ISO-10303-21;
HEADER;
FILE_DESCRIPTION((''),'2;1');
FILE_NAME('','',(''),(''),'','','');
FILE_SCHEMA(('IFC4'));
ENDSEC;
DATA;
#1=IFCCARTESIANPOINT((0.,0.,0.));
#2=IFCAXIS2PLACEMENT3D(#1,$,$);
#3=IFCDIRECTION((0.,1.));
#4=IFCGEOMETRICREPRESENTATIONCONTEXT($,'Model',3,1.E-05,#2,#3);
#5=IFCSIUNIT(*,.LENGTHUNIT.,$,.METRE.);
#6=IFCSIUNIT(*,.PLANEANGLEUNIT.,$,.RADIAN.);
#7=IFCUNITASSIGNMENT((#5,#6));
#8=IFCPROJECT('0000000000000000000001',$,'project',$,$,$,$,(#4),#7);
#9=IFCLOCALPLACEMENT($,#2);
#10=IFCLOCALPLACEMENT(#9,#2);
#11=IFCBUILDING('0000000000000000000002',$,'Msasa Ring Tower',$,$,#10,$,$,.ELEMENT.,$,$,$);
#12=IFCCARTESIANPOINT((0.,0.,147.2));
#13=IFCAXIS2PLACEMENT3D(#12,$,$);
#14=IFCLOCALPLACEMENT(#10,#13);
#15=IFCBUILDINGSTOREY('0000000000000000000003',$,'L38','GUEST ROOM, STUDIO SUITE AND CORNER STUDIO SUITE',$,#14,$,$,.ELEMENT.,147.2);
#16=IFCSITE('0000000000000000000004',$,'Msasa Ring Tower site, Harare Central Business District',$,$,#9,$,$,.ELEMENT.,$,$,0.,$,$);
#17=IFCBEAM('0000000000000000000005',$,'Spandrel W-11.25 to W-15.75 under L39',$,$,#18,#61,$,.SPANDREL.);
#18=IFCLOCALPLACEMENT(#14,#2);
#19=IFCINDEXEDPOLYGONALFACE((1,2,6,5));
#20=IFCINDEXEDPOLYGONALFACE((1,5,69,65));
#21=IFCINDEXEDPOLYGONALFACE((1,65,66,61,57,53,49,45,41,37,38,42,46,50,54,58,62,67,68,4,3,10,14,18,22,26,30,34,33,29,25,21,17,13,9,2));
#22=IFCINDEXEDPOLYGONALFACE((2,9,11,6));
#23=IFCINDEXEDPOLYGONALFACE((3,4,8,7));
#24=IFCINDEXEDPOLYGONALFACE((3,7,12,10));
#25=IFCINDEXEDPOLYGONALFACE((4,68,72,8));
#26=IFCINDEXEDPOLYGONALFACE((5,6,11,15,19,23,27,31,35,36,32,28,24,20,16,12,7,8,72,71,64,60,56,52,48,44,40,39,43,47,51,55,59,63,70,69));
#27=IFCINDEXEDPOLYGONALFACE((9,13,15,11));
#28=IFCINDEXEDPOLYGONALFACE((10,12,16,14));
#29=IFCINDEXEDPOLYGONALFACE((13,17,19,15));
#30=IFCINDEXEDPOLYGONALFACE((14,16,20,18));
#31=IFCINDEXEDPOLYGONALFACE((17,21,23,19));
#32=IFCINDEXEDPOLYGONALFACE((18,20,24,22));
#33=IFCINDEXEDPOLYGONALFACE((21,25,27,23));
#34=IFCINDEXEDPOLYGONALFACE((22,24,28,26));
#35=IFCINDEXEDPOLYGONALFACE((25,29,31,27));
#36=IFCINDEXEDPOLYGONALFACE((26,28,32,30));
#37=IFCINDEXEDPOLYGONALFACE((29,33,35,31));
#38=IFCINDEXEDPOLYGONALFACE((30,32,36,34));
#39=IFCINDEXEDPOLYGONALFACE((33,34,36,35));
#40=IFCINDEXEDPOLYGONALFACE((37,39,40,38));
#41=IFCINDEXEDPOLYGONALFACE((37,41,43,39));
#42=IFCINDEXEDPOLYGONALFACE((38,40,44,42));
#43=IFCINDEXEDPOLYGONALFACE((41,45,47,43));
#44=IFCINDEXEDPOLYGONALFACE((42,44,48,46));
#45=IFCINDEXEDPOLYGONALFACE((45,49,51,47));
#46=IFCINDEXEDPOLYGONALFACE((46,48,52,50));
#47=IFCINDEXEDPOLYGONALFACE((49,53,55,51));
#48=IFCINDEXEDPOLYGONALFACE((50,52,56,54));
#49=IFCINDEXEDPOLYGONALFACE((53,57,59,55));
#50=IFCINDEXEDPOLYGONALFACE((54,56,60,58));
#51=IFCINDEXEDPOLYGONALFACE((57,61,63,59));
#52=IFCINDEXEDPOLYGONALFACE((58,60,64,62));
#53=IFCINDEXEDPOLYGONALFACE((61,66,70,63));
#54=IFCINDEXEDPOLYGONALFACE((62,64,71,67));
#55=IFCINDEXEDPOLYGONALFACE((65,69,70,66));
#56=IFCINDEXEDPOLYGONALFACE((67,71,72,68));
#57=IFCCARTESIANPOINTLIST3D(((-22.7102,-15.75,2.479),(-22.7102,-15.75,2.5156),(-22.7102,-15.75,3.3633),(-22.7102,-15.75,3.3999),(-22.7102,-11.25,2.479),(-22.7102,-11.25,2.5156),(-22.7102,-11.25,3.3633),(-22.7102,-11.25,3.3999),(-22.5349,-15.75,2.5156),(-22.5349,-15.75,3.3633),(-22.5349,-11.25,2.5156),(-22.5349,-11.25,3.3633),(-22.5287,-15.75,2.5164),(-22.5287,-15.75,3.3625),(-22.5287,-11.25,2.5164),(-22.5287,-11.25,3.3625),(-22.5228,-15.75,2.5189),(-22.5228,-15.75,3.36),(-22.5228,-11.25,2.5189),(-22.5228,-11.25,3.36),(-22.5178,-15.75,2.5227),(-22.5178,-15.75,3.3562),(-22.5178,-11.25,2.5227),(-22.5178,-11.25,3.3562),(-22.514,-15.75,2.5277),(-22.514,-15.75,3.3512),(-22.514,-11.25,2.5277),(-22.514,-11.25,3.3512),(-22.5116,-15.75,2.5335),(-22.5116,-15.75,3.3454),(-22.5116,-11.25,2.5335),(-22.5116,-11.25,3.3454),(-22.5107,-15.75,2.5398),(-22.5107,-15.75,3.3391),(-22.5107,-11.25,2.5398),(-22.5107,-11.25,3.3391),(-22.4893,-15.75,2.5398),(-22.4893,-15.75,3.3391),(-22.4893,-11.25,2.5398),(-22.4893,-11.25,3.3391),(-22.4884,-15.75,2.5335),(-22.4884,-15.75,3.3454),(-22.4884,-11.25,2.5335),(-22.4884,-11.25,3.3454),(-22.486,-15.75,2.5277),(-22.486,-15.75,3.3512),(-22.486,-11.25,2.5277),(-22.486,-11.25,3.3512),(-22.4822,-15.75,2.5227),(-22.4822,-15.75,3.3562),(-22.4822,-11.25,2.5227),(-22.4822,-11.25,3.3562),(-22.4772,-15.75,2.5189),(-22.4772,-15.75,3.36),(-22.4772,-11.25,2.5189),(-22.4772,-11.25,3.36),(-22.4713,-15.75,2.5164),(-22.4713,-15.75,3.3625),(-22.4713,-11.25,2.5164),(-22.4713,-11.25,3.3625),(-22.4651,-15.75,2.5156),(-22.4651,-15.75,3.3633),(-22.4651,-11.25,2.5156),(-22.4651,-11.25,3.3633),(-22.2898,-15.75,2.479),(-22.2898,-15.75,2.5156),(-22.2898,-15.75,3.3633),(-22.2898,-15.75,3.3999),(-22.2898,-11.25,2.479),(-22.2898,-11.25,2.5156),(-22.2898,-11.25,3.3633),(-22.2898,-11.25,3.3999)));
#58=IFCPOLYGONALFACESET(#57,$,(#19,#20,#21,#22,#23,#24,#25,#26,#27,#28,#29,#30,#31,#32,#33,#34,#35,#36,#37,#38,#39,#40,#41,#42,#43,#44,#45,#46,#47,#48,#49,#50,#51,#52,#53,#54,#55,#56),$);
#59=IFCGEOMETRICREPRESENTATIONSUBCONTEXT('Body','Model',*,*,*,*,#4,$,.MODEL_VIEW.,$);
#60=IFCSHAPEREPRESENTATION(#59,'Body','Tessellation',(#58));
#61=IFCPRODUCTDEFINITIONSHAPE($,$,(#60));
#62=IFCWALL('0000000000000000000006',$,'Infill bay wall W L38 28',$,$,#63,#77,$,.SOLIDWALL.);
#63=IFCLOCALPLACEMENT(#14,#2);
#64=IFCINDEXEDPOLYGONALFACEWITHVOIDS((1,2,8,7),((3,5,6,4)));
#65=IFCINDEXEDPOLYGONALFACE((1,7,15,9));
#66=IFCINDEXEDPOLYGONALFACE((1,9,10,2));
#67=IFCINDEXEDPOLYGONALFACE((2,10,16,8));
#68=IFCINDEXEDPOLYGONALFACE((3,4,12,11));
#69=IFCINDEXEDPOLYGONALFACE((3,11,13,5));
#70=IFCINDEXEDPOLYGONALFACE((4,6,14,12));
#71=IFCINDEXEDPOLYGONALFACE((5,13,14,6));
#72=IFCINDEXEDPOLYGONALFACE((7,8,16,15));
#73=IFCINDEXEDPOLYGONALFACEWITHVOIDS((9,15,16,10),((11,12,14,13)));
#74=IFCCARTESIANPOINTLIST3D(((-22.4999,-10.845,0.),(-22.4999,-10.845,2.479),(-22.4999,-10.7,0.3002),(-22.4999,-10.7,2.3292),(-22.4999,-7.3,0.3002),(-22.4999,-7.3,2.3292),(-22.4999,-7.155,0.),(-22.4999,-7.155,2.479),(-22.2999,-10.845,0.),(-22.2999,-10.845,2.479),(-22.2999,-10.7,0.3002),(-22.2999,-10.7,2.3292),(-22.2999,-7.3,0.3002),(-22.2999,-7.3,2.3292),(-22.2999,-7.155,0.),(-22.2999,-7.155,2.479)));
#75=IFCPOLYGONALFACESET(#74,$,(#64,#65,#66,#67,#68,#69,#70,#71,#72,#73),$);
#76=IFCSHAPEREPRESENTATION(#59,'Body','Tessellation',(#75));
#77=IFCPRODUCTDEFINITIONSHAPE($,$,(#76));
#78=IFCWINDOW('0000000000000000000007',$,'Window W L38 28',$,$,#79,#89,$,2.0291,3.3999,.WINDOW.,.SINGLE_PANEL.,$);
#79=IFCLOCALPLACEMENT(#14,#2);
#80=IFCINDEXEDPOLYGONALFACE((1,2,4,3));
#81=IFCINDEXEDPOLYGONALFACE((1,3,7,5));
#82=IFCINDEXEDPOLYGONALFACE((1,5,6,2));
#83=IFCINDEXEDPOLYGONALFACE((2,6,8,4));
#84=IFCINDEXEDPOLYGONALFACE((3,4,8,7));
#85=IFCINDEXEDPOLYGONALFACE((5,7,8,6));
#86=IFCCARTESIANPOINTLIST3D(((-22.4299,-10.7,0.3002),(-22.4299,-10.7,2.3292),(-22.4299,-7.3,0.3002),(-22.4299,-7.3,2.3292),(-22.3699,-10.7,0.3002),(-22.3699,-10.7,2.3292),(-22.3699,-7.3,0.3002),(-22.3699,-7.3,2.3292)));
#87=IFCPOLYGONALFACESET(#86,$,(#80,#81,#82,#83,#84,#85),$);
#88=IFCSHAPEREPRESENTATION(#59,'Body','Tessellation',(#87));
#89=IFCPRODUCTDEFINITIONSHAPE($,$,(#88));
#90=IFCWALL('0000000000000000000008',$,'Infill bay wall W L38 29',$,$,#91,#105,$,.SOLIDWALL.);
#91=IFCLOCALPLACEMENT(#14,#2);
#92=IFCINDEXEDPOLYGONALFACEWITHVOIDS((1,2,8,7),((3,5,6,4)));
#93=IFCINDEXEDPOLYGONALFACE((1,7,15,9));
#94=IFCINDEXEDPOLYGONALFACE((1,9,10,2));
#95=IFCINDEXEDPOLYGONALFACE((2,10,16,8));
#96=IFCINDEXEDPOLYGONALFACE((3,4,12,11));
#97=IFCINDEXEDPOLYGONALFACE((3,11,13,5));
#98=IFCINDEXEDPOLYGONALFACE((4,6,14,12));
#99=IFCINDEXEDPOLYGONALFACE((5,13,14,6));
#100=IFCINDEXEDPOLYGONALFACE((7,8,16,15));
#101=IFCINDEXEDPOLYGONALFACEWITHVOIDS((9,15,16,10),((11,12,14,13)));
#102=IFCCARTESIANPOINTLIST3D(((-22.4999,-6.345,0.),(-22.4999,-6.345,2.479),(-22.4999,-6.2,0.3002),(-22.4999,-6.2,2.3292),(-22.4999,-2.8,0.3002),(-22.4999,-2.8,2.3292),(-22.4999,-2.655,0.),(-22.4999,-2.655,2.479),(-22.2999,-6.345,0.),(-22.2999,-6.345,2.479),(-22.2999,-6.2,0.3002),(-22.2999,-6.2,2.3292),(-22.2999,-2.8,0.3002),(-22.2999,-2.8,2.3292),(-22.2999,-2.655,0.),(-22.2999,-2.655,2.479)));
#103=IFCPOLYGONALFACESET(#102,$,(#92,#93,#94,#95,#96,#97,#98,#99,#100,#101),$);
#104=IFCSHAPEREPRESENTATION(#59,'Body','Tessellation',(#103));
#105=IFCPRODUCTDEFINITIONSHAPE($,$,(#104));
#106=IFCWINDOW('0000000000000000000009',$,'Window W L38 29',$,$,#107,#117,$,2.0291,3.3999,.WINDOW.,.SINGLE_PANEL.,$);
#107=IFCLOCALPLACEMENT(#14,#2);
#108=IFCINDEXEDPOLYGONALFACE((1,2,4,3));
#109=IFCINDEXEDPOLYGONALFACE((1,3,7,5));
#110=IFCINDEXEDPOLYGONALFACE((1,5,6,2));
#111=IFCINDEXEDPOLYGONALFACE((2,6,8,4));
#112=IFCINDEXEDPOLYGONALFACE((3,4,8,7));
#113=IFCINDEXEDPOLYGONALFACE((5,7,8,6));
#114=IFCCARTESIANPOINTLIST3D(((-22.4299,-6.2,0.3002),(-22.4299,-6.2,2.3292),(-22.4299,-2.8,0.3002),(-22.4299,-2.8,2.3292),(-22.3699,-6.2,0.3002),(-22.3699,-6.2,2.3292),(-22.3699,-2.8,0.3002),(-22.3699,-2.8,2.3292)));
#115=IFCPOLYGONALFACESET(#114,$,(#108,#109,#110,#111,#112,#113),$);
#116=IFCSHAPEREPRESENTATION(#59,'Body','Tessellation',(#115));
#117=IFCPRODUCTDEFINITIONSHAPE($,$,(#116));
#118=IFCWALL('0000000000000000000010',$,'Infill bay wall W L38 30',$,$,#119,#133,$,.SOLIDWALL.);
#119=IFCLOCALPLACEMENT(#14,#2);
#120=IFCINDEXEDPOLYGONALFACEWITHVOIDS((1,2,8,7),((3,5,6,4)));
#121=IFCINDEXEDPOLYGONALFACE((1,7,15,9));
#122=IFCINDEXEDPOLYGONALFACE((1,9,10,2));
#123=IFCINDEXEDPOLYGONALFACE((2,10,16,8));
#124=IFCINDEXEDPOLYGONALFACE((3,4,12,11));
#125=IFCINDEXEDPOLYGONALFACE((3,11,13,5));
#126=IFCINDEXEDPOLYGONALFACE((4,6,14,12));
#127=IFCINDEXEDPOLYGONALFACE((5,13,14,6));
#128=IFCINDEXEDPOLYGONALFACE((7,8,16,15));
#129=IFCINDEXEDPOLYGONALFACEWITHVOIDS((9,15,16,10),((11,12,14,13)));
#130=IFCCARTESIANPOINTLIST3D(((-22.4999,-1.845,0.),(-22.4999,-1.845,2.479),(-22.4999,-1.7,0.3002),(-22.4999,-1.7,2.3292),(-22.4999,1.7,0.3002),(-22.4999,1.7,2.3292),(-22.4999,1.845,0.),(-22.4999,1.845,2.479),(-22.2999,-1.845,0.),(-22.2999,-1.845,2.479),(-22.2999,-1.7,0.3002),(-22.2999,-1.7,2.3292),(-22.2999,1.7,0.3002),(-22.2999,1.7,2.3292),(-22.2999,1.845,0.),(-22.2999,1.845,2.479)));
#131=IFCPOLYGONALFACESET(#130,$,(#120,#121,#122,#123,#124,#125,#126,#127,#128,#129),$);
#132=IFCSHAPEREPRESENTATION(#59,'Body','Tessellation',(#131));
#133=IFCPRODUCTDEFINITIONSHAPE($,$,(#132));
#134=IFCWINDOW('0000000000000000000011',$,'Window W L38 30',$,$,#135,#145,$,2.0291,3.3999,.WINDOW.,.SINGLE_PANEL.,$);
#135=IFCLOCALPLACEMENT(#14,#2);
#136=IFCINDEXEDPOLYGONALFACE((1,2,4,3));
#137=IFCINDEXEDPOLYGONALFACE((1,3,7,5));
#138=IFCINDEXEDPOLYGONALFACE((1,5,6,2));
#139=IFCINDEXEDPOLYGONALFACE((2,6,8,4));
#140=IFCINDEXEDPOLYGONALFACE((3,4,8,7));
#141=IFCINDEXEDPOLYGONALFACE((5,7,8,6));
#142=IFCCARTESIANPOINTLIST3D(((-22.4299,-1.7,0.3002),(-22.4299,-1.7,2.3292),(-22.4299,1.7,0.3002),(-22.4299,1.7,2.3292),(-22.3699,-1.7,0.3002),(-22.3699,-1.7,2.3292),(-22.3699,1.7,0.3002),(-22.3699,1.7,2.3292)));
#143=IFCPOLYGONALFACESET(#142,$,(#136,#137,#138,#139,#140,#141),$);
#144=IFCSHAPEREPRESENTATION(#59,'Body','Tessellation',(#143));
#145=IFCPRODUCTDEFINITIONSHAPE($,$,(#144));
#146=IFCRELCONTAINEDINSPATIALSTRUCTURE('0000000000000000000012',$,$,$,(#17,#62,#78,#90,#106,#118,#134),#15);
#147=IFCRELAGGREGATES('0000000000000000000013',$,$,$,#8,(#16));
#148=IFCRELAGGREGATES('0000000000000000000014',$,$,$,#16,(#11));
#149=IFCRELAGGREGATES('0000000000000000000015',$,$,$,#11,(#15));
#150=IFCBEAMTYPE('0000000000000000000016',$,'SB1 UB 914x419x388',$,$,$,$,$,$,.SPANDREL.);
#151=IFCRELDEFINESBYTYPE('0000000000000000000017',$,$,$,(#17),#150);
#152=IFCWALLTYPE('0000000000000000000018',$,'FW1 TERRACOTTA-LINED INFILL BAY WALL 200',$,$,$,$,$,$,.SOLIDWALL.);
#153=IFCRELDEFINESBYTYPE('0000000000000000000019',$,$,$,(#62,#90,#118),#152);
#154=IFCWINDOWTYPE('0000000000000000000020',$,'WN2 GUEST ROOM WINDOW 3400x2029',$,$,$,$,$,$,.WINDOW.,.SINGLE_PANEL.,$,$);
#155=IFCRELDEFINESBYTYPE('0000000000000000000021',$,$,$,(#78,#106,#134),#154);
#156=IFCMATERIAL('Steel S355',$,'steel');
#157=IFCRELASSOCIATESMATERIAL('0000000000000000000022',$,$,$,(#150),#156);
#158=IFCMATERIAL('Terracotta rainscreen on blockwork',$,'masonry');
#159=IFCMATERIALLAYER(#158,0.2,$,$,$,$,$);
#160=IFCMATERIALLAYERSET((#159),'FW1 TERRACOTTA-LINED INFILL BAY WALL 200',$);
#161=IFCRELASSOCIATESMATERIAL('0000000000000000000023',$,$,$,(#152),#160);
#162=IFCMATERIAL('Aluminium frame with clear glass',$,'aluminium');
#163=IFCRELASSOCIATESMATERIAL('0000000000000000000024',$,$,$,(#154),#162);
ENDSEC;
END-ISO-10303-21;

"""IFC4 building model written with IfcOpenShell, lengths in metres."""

from ifc_helpers import new_model, si_unit, direction, frame, frame_2d, origin, origin_2d, place, context, subcontext, project, spatial, rectangle, i_section, extrude, material, layer, layer_set, material_profile, profile_set, type_object, element, fill, save


model = new_model("IFC4")

# Units and contexts
model_context = context("Model", 3, precision=1e-05, world=origin(), true_north=direction((0.0, 1.0)))
body_context = subcontext(model_context, "Body", "Model", "MODEL_VIEW")
ifc_project = project(units=[si_unit("LENGTHUNIT", "METRE"), si_unit("PLANEANGLEUNIT", "RADIAN")], contexts=[model_context])

# Site, building, storey
site_placement = place(None, origin())
site = spatial("IfcSite", under=ifc_project, at=site_placement, Name="Msasa Ring Tower site, Harare Central Business District", CompositionType="ELEMENT", RefElevation=0.0)
building_placement = place(site_placement, origin())
building = spatial("IfcBuilding", under=site, at=building_placement, Name="Msasa Ring Tower", CompositionType="ELEMENT")
storey_placement = place(building_placement, frame((0.0, 0.0, 147.2)))
storey = spatial("IfcBuildingStorey", under=building, at=storey_placement, Name="L38", Description="GUEST ROOM, STUDIO SUITE AND CORNER STUDIO SUITE", CompositionType="ELEMENT", Elevation=147.2)

# Beam
ifc_material_1 = material(Name="Steel S355", Category="steel")
ifc_material_profile_1 = material_profile(ifc_material_1, i_section(OverallWidth=0.4204, OverallDepth=0.9209, WebThickness=0.0215, FlangeThickness=0.0366, FilletRadius=0.0242, at=origin_2d()), Name="UB 914x419x388")
ifc_profile_set_1 = profile_set([ifc_material_profile_1], Name="Steel S355")
beam_type_1 = type_object("IfcBeamType", Name="SB1 UB 914x419x388", PredefinedType="SPANDREL", material=ifc_profile_set_1)
for number, where, z_axis, x_axis, name in (
    (1, (-22.5, -11.25, 2.9395), (0.0, -1.0, 0.0), (1.0, 0.0, 0.0), "Spandrel W-11.25 to W-15.75 under L39"),
):
    element("IfcBeam", number, at=place(storey_placement, frame(where, z_axis=z_axis, x_axis=x_axis)), inside=storey, type_object=beam_type_1, Name=name, PredefinedType="SPANDREL", context=body_context, shape_type="SweptSolid", body=[
        extrude(i_section(OverallWidth=0.4204, OverallDepth=0.9209, WebThickness=0.0215, FlangeThickness=0.0366, FilletRadius=0.0242, at=origin_2d()), origin(), (0.0, 0.0, 1.0), 4.5),
    ])

# Walls, openings, windows
ifc_material_2 = material(Name="Terracotta rainscreen on blockwork", Category="masonry")
ifc_layer_1 = layer(ifc_material_2, 0.2)
ifc_layer_set_1 = layer_set([ifc_layer_1], Name="FW1 TERRACOTTA-LINED INFILL BAY WALL 200")
wall_type_1 = type_object("IfcWallType", Name="FW1 TERRACOTTA-LINED INFILL BAY WALL 200", PredefinedType="SOLIDWALL", material=ifc_layer_set_1)
wall_1_placement = place(storey_placement, frame((-22.3999, -10.845, 0.0), z_axis=(0.0, 0.0, 1.0), x_axis=(0.0, 1.0, 0.0)))
wall_1 = element("IfcWall", 2, at=wall_1_placement, inside=storey, type_object=wall_type_1, Name="Infill bay wall W L38 28", PredefinedType="SOLIDWALL", context=body_context, shape_type="SweptSolid", body=[
    extrude(rectangle(XDim=3.6899, YDim=0.2, at=frame_2d((1.845, 0.0))), origin(), (0.0, 0.0, 1.0), 2.479),
])
opening_1_placement = place(wall_1_placement, frame((0.145, 0.0, 0.3)))
opening_1 = element("IfcOpeningElement", 3, at=opening_1_placement, cuts=wall_1, PredefinedType="OPENING", context=body_context, shape_type="SweptSolid", body=[
    extrude(rectangle(XDim=3.3999, YDim=2.0291, at=frame_2d((1.7, 1.0146))), frame((0.0, 0.1099, 0.0), z_axis=(0.0, -1.0, 0.0), x_axis=(1.0, 0.0, 0.0)), (0.0, 0.0, 1.0), 0.22),
])
ifc_material_3 = material(Name="Aluminium frame with clear glass", Category="aluminium")
window_type = type_object("IfcWindowType", Name="WN2 GUEST ROOM WINDOW 3400x2029", PartitioningType="SINGLE_PANEL", PredefinedType="WINDOW", material=ifc_material_3)
window_1_placement = place(opening_1_placement, origin())
window_1 = element("IfcWindow", 4, at=window_1_placement, inside=storey, type_object=window_type, Name="Window W L38 28", OverallHeight=2.0291, OverallWidth=3.3999, PartitioningType="SINGLE_PANEL", PredefinedType="WINDOW", context=body_context, shape_type="SweptSolid", body=[
    extrude(rectangle(XDim=3.3999, YDim=2.0291, at=frame_2d((1.7, 1.0146))), frame((0.0, 0.03, 0.0), z_axis=(0.0, -1.0, 0.0), x_axis=(1.0, 0.0, 0.0)), (0.0, 0.0, 1.0), 0.0601),
])
fill(opening_1, window_1)
wall_2_placement = place(storey_placement, frame((-22.3999, -6.345, 0.0), z_axis=(0.0, 0.0, 1.0), x_axis=(0.0, 1.0, 0.0)))
wall_2 = element("IfcWall", 5, at=wall_2_placement, inside=storey, type_object=wall_type_1, Name="Infill bay wall W L38 29", PredefinedType="SOLIDWALL", context=body_context, shape_type="SweptSolid", body=[
    extrude(rectangle(XDim=3.6899, YDim=0.2, at=frame_2d((1.845, 0.0))), origin(), (0.0, 0.0, 1.0), 2.479),
])
opening_2_placement = place(wall_2_placement, frame((0.145, 0.0, 0.3)))
opening_2 = element("IfcOpeningElement", 6, at=opening_2_placement, cuts=wall_2, PredefinedType="OPENING", context=body_context, shape_type="SweptSolid", body=[
    extrude(rectangle(XDim=3.3999, YDim=2.0291, at=frame_2d((1.7, 1.0146))), frame((0.0, 0.1099, 0.0), z_axis=(0.0, -1.0, 0.0), x_axis=(1.0, 0.0, 0.0)), (0.0, 0.0, 1.0), 0.22),
])
window_2_placement = place(opening_2_placement, origin())
window_2 = element("IfcWindow", 7, at=window_2_placement, inside=storey, type_object=window_type, Name="Window W L38 29", OverallHeight=2.0291, OverallWidth=3.3999, PartitioningType="SINGLE_PANEL", PredefinedType="WINDOW", context=body_context, shape_type="SweptSolid", body=[
    extrude(rectangle(XDim=3.3999, YDim=2.0291, at=frame_2d((1.7, 1.0146))), frame((0.0, 0.03, 0.0), z_axis=(0.0, -1.0, 0.0), x_axis=(1.0, 0.0, 0.0)), (0.0, 0.0, 1.0), 0.0601),
])
fill(opening_2, window_2)
wall_3_placement = place(storey_placement, frame((-22.3999, -1.845, 0.0), z_axis=(0.0, 0.0, 1.0), x_axis=(0.0, 1.0, 0.0)))
wall_3 = element("IfcWall", 8, at=wall_3_placement, inside=storey, type_object=wall_type_1, Name="Infill bay wall W L38 30", PredefinedType="SOLIDWALL", context=body_context, shape_type="SweptSolid", body=[
    extrude(rectangle(XDim=3.6899, YDim=0.2, at=frame_2d((1.845, 0.0))), origin(), (0.0, 0.0, 1.0), 2.479),
])
opening_3_placement = place(wall_3_placement, frame((0.145, 0.0, 0.3)))
opening_3 = element("IfcOpeningElement", 9, at=opening_3_placement, cuts=wall_3, PredefinedType="OPENING", context=body_context, shape_type="SweptSolid", body=[
    extrude(rectangle(XDim=3.3999, YDim=2.0291, at=frame_2d((1.7, 1.0146))), frame((0.0, 0.1099, 0.0), z_axis=(0.0, -1.0, 0.0), x_axis=(1.0, 0.0, 0.0)), (0.0, 0.0, 1.0), 0.22),
])
window_3_placement = place(opening_3_placement, origin())
window_3 = element("IfcWindow", 10, at=window_3_placement, inside=storey, type_object=window_type, Name="Window W L38 30", OverallHeight=2.0291, OverallWidth=3.3999, PartitioningType="SINGLE_PANEL", PredefinedType="WINDOW", context=body_context, shape_type="SweptSolid", body=[
    extrude(rectangle(XDim=3.3999, YDim=2.0291, at=frame_2d((1.7, 1.0146))), frame((0.0, 0.03, 0.0), z_axis=(0.0, -1.0, 0.0), x_axis=(1.0, 0.0, 0.0)), (0.0, 0.0, 1.0), 0.0601),
])
fill(opening_3, window_3)

save(model, "model.ifc")
